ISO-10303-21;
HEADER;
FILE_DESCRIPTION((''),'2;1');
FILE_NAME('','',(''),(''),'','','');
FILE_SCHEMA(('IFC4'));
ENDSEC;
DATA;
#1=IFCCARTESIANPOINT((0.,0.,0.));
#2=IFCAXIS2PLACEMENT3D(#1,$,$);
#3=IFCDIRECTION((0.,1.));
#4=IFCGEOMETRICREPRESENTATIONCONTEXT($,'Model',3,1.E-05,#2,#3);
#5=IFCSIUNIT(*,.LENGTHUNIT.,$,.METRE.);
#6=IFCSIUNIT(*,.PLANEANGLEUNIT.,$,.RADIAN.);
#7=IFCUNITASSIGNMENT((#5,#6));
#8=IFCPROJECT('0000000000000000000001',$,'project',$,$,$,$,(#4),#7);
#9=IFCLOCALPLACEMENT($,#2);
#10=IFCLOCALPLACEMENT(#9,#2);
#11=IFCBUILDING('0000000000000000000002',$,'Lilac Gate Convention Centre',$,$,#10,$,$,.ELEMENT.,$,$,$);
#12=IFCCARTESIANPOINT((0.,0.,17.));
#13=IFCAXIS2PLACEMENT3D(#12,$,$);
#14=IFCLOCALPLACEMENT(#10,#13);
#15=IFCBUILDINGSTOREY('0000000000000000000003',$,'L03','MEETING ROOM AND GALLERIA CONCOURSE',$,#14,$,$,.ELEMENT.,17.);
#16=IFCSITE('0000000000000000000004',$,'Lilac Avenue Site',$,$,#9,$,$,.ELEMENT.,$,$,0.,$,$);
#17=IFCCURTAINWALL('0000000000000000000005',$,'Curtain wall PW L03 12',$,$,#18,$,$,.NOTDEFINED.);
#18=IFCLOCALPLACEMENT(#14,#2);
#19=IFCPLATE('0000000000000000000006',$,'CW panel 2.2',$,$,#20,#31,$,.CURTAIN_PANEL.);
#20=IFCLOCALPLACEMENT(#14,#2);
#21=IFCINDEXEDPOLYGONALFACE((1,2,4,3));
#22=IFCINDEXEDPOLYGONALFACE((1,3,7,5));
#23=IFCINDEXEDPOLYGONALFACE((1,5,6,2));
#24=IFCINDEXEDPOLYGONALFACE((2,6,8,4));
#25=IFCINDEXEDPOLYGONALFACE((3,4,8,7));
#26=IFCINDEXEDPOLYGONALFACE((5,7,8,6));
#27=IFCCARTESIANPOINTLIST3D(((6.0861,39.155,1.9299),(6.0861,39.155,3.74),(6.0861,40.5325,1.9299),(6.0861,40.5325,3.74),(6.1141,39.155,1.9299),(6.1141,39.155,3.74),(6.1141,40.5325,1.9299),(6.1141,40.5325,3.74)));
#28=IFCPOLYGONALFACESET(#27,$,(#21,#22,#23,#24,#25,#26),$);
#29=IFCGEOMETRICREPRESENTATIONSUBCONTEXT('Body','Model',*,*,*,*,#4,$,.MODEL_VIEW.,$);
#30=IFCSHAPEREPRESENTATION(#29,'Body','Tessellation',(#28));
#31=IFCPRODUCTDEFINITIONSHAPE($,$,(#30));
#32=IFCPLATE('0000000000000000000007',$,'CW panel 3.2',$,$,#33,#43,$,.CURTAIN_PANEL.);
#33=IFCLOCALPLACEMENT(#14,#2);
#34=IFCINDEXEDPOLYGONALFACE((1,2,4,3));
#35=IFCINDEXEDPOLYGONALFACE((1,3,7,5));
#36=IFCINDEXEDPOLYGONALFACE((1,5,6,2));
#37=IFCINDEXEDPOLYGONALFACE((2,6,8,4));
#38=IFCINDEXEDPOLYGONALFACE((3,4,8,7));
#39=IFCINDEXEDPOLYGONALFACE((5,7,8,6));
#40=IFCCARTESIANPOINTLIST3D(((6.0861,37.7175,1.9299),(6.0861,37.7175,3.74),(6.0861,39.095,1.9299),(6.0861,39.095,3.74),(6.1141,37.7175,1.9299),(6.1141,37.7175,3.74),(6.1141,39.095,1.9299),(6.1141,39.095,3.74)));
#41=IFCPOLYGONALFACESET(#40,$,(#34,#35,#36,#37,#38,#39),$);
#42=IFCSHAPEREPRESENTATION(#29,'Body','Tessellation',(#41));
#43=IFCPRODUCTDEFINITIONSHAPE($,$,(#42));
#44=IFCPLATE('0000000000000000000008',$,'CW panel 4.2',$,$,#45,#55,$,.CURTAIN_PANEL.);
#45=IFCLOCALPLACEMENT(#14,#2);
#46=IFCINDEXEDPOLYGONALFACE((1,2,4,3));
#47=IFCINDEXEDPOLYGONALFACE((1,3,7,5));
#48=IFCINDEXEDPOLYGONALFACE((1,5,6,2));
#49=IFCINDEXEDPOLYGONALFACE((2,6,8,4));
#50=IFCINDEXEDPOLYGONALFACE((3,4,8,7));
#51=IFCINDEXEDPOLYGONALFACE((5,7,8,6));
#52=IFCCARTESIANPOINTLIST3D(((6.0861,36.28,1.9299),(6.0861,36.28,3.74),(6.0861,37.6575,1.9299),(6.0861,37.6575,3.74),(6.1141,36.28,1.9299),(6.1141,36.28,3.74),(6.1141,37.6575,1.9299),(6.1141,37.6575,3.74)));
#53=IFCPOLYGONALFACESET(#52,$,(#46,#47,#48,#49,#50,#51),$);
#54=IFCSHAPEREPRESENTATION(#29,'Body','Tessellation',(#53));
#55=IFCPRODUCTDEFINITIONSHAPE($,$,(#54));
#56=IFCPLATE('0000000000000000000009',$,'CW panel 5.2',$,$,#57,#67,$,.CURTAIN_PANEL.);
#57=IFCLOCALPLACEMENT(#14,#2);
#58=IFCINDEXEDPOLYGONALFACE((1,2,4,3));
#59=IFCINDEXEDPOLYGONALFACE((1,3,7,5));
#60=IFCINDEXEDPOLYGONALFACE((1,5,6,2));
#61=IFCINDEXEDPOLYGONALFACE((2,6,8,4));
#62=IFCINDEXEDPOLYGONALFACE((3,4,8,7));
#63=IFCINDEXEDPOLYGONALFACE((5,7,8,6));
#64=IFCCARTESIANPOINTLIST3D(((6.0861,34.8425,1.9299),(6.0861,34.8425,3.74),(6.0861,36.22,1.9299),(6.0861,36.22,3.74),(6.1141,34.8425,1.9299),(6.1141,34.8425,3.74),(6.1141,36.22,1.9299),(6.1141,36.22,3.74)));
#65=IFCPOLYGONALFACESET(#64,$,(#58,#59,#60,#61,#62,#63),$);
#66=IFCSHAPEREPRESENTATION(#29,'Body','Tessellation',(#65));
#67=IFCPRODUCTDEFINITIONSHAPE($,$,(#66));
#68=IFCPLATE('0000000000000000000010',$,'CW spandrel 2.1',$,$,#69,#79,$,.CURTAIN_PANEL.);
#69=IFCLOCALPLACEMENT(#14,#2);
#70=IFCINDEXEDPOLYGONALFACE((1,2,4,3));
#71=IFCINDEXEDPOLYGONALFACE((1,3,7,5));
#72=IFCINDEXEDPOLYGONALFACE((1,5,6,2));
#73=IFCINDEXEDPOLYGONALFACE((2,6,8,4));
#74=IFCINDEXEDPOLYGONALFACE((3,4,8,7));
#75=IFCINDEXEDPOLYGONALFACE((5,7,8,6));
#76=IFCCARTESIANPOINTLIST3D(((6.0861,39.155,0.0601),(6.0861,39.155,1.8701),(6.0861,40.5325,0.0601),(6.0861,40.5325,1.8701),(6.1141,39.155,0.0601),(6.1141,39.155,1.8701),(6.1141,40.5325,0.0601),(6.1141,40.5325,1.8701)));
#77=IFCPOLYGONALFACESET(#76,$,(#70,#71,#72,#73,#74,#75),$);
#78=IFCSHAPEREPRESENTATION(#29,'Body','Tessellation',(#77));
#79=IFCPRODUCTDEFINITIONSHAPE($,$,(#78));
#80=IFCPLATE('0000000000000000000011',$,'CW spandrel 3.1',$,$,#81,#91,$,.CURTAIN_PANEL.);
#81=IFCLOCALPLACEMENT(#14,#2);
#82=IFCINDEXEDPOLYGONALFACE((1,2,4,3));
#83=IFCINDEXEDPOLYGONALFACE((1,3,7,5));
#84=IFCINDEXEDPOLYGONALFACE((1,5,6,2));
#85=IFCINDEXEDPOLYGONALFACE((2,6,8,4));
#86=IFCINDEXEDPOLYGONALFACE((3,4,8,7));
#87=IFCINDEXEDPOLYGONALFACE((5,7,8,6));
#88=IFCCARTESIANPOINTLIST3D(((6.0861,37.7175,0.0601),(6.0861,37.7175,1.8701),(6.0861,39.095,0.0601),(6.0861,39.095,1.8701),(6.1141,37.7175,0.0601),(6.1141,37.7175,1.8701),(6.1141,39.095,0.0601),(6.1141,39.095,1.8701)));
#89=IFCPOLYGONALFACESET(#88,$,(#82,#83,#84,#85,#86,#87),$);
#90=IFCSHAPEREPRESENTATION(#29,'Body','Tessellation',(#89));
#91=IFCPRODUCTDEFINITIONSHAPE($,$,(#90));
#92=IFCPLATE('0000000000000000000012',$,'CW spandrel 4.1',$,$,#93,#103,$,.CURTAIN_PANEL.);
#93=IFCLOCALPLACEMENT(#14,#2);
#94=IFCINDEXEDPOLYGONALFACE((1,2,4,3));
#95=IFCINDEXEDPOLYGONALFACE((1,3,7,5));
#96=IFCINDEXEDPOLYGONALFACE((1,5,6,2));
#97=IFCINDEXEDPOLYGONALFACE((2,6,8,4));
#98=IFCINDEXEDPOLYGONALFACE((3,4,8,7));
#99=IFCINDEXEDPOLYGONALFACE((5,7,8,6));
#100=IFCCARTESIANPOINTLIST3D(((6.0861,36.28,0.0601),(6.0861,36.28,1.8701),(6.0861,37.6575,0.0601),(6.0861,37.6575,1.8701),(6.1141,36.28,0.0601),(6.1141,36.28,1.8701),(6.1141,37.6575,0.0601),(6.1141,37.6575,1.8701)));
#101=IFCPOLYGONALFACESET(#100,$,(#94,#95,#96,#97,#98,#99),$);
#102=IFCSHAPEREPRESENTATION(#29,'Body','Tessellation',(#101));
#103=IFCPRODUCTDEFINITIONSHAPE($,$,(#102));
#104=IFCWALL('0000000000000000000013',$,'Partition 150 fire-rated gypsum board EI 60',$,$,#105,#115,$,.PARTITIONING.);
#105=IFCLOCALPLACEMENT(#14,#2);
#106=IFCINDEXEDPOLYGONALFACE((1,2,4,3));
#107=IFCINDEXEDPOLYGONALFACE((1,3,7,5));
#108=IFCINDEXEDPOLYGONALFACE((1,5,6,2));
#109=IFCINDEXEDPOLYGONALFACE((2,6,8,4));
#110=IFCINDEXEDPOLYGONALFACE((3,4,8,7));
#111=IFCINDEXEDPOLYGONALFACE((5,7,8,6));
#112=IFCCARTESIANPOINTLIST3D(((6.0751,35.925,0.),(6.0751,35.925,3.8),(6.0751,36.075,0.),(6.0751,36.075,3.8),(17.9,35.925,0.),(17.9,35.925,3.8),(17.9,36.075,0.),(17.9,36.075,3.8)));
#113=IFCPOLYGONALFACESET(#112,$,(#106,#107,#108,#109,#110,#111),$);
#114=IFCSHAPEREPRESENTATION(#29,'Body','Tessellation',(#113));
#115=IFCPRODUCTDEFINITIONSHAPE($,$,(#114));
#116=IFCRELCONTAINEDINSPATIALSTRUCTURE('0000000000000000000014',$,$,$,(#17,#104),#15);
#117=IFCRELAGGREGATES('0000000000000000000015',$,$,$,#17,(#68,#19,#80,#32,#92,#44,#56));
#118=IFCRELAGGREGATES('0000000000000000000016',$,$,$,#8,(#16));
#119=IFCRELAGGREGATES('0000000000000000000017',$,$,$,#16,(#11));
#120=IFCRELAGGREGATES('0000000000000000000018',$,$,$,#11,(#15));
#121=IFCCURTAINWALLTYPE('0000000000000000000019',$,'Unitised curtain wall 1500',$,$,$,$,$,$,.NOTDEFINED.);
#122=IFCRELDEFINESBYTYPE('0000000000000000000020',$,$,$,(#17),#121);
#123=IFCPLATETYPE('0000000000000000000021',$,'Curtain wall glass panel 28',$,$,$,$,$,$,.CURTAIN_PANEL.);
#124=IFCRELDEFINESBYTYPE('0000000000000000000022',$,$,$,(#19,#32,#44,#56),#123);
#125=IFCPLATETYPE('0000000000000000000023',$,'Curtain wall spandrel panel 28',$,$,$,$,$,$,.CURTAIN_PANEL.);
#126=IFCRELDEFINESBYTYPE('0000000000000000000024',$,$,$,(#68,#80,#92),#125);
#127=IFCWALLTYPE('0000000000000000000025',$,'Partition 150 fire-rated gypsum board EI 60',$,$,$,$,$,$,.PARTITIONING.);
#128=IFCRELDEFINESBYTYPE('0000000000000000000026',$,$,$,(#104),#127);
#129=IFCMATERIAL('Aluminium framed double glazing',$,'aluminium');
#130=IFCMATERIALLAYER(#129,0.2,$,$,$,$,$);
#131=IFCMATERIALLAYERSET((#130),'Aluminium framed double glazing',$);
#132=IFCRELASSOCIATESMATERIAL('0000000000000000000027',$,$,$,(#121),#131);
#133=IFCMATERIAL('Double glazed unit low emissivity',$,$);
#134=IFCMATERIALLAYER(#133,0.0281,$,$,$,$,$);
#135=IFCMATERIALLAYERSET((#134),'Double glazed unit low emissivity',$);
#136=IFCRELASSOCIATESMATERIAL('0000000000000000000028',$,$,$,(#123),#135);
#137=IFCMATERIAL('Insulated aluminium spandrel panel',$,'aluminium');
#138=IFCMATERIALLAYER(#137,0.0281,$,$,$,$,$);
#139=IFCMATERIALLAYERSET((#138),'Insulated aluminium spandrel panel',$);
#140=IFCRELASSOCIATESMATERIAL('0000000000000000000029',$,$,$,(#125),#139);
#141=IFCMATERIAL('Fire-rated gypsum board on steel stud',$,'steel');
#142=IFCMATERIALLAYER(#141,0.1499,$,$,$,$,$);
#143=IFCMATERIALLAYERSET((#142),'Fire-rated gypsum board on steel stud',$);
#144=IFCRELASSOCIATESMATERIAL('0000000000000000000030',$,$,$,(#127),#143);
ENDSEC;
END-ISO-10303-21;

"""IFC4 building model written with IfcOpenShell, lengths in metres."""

from ifc_helpers import new_model, si_unit, direction, frame, frame_2d, origin, origin_2d, place, context, subcontext, project, spatial, rectangle, extrude, material, layer, layer_set, type_object, element, aggregate, save


model = new_model("IFC4")

# Units and contexts
model_context = context("Model", 3, precision=1e-05, world=origin(), true_north=direction((0.0, 1.0)))
body_context = subcontext(model_context, "Body", "Model", "MODEL_VIEW")
ifc_project = project(units=[si_unit("LENGTHUNIT", "METRE"), si_unit("PLANEANGLEUNIT", "RADIAN")], contexts=[model_context])

# Site, building, storey
site_placement = place(None, origin())
site = spatial("IfcSite", under=ifc_project, at=site_placement, Name="Lilac Avenue Site", CompositionType="ELEMENT", RefElevation=0.0)
building_placement = place(site_placement, origin())
building = spatial("IfcBuilding", under=site, at=building_placement, Name="Lilac Gate Convention Centre", CompositionType="ELEMENT")
storey_placement = place(building_placement, frame((0.0, 0.0, 17.0)))
storey = spatial("IfcBuildingStorey", under=building, at=storey_placement, Name="L03", Description="MEETING ROOM AND GALLERIA CONCOURSE", CompositionType="ELEMENT", Elevation=17.0)

# Curtain wall, plates
ifc_material_1 = material(Name="Aluminium framed double glazing", Category="aluminium")
ifc_layer_1 = layer(ifc_material_1, 0.2)
ifc_layer_set_1 = layer_set([ifc_layer_1], Name="Aluminium framed double glazing")
curtain_wall_type = type_object("IfcCurtainWallType", Name="Unitised curtain wall 1500", PredefinedType="NOTDEFINED", material=ifc_layer_set_1)
curtain_wall_placement = place(storey_placement, origin())
curtain_wall = element("IfcCurtainWall", 1, at=curtain_wall_placement, inside=storey, type_object=curtain_wall_type, Name="Curtain wall PW L03 12", PredefinedType="NOTDEFINED")
ifc_material_2 = material(Name="Double glazed unit low emissivity")
ifc_layer_2 = layer(ifc_material_2, 0.0281)
ifc_layer_set_2 = layer_set([ifc_layer_2], Name="Double glazed unit low emissivity")
plate_type_1 = type_object("IfcPlateType", Name="Curtain wall glass panel 28", PredefinedType="CURTAIN_PANEL", material=ifc_layer_set_2)
plate_1_placement = place(storey_placement, frame((6.1001, 39.8438, 1.9299), z_axis=(0.0, 0.0, 1.0), x_axis=(0.0, -1.0, 0.0)))
plate_1 = element("IfcPlate", 2, at=plate_1_placement, type_object=plate_type_1, Name="CW panel 2.2", PredefinedType="CURTAIN_PANEL", context=body_context, shape_type="SweptSolid", body=[
    extrude(rectangle(XDim=1.3774, YDim=0.0281, at=origin_2d()), origin(), (0.0, 0.0, 1.0), 1.8101),
])
plate_2_placement = place(storey_placement, frame((6.1001, 38.4062, 1.9299), z_axis=(0.0, 0.0, 1.0), x_axis=(0.0, -1.0, 0.0)))
plate_2 = element("IfcPlate", 3, at=plate_2_placement, type_object=plate_type_1, Name="CW panel 3.2", PredefinedType="CURTAIN_PANEL", context=body_context, shape_type="SweptSolid", body=[
    extrude(rectangle(XDim=1.3774, YDim=0.0281, at=origin_2d()), origin(), (0.0, 0.0, 1.0), 1.8101),
])
plate_3_placement = place(storey_placement, frame((6.1001, 36.9688, 1.9299), z_axis=(0.0, 0.0, 1.0), x_axis=(0.0, -1.0, 0.0)))
plate_3 = element("IfcPlate", 4, at=plate_3_placement, type_object=plate_type_1, Name="CW panel 4.2", PredefinedType="CURTAIN_PANEL", context=body_context, shape_type="SweptSolid", body=[
    extrude(rectangle(XDim=1.3774, YDim=0.0281, at=origin_2d()), origin(), (0.0, 0.0, 1.0), 1.8101),
])
plate_4_placement = place(storey_placement, frame((6.1001, 35.5312, 1.9299), z_axis=(0.0, 0.0, 1.0), x_axis=(0.0, -1.0, 0.0)))
plate_4 = element("IfcPlate", 5, at=plate_4_placement, type_object=plate_type_1, Name="CW panel 5.2", PredefinedType="CURTAIN_PANEL", context=body_context, shape_type="SweptSolid", body=[
    extrude(rectangle(XDim=1.3774, YDim=0.0281, at=origin_2d()), origin(), (0.0, 0.0, 1.0), 1.8101),
])
ifc_material_3 = material(Name="Insulated aluminium spandrel panel", Category="aluminium")
ifc_layer_3 = layer(ifc_material_3, 0.0281)
ifc_layer_set_3 = layer_set([ifc_layer_3], Name="Insulated aluminium spandrel panel")
plate_type_2 = type_object("IfcPlateType", Name="Curtain wall spandrel panel 28", PredefinedType="CURTAIN_PANEL", material=ifc_layer_set_3)
plate_5_placement = place(storey_placement, frame((6.1001, 39.8438, 0.0601), z_axis=(0.0, 0.0, 1.0), x_axis=(0.0, -1.0, 0.0)))
plate_5 = element("IfcPlate", 6, at=plate_5_placement, type_object=plate_type_2, Name="CW spandrel 2.1", PredefinedType="CURTAIN_PANEL", context=body_context, shape_type="SweptSolid", body=[
    extrude(rectangle(XDim=1.3774, YDim=0.0281, at=origin_2d()), origin(), (0.0, 0.0, 1.0), 1.8101),
])
plate_6_placement = place(storey_placement, frame((6.1001, 38.4062, 0.0601), z_axis=(0.0, 0.0, 1.0), x_axis=(0.0, -1.0, 0.0)))
plate_6 = element("IfcPlate", 7, at=plate_6_placement, type_object=plate_type_2, Name="CW spandrel 3.1", PredefinedType="CURTAIN_PANEL", context=body_context, shape_type="SweptSolid", body=[
    extrude(rectangle(XDim=1.3774, YDim=0.0281, at=origin_2d()), origin(), (0.0, 0.0, 1.0), 1.8101),
])
plate_7_placement = place(storey_placement, frame((6.1001, 36.9688, 0.0601), z_axis=(0.0, 0.0, 1.0), x_axis=(0.0, -1.0, 0.0)))
plate_7 = element("IfcPlate", 8, at=plate_7_placement, type_object=plate_type_2, Name="CW spandrel 4.1", PredefinedType="CURTAIN_PANEL", context=body_context, shape_type="SweptSolid", body=[
    extrude(rectangle(XDim=1.3774, YDim=0.0281, at=origin_2d()), origin(), (0.0, 0.0, 1.0), 1.8101),
])
aggregate(curtain_wall, [plate_5, plate_1, plate_6, plate_2, plate_7, plate_3, plate_4])

# Wall
ifc_material_4 = material(Name="Fire-rated gypsum board on steel stud", Category="steel")
ifc_layer_4 = layer(ifc_material_4, 0.1499)
ifc_layer_set_4 = layer_set([ifc_layer_4], Name="Fire-rated gypsum board on steel stud")
wall_type = type_object("IfcWallType", Name="Partition 150 fire-rated gypsum board EI 60", PredefinedType="PARTITIONING", material=ifc_layer_set_4)
wall_placement = place(storey_placement, frame((6.075, 36.0, 0.0), z_axis=(0.0, 0.0, 1.0), x_axis=(1.0, 0.0, 0.0)))
element("IfcWall", 9, at=wall_placement, inside=storey, type_object=wall_type, Name="Partition 150 fire-rated gypsum board EI 60", PredefinedType="PARTITIONING", context=body_context, shape_type="SweptSolid", body=[
    extrude(rectangle(XDim=11.825, YDim=0.1499, at=frame_2d((5.9126, 0.0))), origin(), (0.0, 0.0, 1.0), 3.8),
])

save(model, "model.ifc")
